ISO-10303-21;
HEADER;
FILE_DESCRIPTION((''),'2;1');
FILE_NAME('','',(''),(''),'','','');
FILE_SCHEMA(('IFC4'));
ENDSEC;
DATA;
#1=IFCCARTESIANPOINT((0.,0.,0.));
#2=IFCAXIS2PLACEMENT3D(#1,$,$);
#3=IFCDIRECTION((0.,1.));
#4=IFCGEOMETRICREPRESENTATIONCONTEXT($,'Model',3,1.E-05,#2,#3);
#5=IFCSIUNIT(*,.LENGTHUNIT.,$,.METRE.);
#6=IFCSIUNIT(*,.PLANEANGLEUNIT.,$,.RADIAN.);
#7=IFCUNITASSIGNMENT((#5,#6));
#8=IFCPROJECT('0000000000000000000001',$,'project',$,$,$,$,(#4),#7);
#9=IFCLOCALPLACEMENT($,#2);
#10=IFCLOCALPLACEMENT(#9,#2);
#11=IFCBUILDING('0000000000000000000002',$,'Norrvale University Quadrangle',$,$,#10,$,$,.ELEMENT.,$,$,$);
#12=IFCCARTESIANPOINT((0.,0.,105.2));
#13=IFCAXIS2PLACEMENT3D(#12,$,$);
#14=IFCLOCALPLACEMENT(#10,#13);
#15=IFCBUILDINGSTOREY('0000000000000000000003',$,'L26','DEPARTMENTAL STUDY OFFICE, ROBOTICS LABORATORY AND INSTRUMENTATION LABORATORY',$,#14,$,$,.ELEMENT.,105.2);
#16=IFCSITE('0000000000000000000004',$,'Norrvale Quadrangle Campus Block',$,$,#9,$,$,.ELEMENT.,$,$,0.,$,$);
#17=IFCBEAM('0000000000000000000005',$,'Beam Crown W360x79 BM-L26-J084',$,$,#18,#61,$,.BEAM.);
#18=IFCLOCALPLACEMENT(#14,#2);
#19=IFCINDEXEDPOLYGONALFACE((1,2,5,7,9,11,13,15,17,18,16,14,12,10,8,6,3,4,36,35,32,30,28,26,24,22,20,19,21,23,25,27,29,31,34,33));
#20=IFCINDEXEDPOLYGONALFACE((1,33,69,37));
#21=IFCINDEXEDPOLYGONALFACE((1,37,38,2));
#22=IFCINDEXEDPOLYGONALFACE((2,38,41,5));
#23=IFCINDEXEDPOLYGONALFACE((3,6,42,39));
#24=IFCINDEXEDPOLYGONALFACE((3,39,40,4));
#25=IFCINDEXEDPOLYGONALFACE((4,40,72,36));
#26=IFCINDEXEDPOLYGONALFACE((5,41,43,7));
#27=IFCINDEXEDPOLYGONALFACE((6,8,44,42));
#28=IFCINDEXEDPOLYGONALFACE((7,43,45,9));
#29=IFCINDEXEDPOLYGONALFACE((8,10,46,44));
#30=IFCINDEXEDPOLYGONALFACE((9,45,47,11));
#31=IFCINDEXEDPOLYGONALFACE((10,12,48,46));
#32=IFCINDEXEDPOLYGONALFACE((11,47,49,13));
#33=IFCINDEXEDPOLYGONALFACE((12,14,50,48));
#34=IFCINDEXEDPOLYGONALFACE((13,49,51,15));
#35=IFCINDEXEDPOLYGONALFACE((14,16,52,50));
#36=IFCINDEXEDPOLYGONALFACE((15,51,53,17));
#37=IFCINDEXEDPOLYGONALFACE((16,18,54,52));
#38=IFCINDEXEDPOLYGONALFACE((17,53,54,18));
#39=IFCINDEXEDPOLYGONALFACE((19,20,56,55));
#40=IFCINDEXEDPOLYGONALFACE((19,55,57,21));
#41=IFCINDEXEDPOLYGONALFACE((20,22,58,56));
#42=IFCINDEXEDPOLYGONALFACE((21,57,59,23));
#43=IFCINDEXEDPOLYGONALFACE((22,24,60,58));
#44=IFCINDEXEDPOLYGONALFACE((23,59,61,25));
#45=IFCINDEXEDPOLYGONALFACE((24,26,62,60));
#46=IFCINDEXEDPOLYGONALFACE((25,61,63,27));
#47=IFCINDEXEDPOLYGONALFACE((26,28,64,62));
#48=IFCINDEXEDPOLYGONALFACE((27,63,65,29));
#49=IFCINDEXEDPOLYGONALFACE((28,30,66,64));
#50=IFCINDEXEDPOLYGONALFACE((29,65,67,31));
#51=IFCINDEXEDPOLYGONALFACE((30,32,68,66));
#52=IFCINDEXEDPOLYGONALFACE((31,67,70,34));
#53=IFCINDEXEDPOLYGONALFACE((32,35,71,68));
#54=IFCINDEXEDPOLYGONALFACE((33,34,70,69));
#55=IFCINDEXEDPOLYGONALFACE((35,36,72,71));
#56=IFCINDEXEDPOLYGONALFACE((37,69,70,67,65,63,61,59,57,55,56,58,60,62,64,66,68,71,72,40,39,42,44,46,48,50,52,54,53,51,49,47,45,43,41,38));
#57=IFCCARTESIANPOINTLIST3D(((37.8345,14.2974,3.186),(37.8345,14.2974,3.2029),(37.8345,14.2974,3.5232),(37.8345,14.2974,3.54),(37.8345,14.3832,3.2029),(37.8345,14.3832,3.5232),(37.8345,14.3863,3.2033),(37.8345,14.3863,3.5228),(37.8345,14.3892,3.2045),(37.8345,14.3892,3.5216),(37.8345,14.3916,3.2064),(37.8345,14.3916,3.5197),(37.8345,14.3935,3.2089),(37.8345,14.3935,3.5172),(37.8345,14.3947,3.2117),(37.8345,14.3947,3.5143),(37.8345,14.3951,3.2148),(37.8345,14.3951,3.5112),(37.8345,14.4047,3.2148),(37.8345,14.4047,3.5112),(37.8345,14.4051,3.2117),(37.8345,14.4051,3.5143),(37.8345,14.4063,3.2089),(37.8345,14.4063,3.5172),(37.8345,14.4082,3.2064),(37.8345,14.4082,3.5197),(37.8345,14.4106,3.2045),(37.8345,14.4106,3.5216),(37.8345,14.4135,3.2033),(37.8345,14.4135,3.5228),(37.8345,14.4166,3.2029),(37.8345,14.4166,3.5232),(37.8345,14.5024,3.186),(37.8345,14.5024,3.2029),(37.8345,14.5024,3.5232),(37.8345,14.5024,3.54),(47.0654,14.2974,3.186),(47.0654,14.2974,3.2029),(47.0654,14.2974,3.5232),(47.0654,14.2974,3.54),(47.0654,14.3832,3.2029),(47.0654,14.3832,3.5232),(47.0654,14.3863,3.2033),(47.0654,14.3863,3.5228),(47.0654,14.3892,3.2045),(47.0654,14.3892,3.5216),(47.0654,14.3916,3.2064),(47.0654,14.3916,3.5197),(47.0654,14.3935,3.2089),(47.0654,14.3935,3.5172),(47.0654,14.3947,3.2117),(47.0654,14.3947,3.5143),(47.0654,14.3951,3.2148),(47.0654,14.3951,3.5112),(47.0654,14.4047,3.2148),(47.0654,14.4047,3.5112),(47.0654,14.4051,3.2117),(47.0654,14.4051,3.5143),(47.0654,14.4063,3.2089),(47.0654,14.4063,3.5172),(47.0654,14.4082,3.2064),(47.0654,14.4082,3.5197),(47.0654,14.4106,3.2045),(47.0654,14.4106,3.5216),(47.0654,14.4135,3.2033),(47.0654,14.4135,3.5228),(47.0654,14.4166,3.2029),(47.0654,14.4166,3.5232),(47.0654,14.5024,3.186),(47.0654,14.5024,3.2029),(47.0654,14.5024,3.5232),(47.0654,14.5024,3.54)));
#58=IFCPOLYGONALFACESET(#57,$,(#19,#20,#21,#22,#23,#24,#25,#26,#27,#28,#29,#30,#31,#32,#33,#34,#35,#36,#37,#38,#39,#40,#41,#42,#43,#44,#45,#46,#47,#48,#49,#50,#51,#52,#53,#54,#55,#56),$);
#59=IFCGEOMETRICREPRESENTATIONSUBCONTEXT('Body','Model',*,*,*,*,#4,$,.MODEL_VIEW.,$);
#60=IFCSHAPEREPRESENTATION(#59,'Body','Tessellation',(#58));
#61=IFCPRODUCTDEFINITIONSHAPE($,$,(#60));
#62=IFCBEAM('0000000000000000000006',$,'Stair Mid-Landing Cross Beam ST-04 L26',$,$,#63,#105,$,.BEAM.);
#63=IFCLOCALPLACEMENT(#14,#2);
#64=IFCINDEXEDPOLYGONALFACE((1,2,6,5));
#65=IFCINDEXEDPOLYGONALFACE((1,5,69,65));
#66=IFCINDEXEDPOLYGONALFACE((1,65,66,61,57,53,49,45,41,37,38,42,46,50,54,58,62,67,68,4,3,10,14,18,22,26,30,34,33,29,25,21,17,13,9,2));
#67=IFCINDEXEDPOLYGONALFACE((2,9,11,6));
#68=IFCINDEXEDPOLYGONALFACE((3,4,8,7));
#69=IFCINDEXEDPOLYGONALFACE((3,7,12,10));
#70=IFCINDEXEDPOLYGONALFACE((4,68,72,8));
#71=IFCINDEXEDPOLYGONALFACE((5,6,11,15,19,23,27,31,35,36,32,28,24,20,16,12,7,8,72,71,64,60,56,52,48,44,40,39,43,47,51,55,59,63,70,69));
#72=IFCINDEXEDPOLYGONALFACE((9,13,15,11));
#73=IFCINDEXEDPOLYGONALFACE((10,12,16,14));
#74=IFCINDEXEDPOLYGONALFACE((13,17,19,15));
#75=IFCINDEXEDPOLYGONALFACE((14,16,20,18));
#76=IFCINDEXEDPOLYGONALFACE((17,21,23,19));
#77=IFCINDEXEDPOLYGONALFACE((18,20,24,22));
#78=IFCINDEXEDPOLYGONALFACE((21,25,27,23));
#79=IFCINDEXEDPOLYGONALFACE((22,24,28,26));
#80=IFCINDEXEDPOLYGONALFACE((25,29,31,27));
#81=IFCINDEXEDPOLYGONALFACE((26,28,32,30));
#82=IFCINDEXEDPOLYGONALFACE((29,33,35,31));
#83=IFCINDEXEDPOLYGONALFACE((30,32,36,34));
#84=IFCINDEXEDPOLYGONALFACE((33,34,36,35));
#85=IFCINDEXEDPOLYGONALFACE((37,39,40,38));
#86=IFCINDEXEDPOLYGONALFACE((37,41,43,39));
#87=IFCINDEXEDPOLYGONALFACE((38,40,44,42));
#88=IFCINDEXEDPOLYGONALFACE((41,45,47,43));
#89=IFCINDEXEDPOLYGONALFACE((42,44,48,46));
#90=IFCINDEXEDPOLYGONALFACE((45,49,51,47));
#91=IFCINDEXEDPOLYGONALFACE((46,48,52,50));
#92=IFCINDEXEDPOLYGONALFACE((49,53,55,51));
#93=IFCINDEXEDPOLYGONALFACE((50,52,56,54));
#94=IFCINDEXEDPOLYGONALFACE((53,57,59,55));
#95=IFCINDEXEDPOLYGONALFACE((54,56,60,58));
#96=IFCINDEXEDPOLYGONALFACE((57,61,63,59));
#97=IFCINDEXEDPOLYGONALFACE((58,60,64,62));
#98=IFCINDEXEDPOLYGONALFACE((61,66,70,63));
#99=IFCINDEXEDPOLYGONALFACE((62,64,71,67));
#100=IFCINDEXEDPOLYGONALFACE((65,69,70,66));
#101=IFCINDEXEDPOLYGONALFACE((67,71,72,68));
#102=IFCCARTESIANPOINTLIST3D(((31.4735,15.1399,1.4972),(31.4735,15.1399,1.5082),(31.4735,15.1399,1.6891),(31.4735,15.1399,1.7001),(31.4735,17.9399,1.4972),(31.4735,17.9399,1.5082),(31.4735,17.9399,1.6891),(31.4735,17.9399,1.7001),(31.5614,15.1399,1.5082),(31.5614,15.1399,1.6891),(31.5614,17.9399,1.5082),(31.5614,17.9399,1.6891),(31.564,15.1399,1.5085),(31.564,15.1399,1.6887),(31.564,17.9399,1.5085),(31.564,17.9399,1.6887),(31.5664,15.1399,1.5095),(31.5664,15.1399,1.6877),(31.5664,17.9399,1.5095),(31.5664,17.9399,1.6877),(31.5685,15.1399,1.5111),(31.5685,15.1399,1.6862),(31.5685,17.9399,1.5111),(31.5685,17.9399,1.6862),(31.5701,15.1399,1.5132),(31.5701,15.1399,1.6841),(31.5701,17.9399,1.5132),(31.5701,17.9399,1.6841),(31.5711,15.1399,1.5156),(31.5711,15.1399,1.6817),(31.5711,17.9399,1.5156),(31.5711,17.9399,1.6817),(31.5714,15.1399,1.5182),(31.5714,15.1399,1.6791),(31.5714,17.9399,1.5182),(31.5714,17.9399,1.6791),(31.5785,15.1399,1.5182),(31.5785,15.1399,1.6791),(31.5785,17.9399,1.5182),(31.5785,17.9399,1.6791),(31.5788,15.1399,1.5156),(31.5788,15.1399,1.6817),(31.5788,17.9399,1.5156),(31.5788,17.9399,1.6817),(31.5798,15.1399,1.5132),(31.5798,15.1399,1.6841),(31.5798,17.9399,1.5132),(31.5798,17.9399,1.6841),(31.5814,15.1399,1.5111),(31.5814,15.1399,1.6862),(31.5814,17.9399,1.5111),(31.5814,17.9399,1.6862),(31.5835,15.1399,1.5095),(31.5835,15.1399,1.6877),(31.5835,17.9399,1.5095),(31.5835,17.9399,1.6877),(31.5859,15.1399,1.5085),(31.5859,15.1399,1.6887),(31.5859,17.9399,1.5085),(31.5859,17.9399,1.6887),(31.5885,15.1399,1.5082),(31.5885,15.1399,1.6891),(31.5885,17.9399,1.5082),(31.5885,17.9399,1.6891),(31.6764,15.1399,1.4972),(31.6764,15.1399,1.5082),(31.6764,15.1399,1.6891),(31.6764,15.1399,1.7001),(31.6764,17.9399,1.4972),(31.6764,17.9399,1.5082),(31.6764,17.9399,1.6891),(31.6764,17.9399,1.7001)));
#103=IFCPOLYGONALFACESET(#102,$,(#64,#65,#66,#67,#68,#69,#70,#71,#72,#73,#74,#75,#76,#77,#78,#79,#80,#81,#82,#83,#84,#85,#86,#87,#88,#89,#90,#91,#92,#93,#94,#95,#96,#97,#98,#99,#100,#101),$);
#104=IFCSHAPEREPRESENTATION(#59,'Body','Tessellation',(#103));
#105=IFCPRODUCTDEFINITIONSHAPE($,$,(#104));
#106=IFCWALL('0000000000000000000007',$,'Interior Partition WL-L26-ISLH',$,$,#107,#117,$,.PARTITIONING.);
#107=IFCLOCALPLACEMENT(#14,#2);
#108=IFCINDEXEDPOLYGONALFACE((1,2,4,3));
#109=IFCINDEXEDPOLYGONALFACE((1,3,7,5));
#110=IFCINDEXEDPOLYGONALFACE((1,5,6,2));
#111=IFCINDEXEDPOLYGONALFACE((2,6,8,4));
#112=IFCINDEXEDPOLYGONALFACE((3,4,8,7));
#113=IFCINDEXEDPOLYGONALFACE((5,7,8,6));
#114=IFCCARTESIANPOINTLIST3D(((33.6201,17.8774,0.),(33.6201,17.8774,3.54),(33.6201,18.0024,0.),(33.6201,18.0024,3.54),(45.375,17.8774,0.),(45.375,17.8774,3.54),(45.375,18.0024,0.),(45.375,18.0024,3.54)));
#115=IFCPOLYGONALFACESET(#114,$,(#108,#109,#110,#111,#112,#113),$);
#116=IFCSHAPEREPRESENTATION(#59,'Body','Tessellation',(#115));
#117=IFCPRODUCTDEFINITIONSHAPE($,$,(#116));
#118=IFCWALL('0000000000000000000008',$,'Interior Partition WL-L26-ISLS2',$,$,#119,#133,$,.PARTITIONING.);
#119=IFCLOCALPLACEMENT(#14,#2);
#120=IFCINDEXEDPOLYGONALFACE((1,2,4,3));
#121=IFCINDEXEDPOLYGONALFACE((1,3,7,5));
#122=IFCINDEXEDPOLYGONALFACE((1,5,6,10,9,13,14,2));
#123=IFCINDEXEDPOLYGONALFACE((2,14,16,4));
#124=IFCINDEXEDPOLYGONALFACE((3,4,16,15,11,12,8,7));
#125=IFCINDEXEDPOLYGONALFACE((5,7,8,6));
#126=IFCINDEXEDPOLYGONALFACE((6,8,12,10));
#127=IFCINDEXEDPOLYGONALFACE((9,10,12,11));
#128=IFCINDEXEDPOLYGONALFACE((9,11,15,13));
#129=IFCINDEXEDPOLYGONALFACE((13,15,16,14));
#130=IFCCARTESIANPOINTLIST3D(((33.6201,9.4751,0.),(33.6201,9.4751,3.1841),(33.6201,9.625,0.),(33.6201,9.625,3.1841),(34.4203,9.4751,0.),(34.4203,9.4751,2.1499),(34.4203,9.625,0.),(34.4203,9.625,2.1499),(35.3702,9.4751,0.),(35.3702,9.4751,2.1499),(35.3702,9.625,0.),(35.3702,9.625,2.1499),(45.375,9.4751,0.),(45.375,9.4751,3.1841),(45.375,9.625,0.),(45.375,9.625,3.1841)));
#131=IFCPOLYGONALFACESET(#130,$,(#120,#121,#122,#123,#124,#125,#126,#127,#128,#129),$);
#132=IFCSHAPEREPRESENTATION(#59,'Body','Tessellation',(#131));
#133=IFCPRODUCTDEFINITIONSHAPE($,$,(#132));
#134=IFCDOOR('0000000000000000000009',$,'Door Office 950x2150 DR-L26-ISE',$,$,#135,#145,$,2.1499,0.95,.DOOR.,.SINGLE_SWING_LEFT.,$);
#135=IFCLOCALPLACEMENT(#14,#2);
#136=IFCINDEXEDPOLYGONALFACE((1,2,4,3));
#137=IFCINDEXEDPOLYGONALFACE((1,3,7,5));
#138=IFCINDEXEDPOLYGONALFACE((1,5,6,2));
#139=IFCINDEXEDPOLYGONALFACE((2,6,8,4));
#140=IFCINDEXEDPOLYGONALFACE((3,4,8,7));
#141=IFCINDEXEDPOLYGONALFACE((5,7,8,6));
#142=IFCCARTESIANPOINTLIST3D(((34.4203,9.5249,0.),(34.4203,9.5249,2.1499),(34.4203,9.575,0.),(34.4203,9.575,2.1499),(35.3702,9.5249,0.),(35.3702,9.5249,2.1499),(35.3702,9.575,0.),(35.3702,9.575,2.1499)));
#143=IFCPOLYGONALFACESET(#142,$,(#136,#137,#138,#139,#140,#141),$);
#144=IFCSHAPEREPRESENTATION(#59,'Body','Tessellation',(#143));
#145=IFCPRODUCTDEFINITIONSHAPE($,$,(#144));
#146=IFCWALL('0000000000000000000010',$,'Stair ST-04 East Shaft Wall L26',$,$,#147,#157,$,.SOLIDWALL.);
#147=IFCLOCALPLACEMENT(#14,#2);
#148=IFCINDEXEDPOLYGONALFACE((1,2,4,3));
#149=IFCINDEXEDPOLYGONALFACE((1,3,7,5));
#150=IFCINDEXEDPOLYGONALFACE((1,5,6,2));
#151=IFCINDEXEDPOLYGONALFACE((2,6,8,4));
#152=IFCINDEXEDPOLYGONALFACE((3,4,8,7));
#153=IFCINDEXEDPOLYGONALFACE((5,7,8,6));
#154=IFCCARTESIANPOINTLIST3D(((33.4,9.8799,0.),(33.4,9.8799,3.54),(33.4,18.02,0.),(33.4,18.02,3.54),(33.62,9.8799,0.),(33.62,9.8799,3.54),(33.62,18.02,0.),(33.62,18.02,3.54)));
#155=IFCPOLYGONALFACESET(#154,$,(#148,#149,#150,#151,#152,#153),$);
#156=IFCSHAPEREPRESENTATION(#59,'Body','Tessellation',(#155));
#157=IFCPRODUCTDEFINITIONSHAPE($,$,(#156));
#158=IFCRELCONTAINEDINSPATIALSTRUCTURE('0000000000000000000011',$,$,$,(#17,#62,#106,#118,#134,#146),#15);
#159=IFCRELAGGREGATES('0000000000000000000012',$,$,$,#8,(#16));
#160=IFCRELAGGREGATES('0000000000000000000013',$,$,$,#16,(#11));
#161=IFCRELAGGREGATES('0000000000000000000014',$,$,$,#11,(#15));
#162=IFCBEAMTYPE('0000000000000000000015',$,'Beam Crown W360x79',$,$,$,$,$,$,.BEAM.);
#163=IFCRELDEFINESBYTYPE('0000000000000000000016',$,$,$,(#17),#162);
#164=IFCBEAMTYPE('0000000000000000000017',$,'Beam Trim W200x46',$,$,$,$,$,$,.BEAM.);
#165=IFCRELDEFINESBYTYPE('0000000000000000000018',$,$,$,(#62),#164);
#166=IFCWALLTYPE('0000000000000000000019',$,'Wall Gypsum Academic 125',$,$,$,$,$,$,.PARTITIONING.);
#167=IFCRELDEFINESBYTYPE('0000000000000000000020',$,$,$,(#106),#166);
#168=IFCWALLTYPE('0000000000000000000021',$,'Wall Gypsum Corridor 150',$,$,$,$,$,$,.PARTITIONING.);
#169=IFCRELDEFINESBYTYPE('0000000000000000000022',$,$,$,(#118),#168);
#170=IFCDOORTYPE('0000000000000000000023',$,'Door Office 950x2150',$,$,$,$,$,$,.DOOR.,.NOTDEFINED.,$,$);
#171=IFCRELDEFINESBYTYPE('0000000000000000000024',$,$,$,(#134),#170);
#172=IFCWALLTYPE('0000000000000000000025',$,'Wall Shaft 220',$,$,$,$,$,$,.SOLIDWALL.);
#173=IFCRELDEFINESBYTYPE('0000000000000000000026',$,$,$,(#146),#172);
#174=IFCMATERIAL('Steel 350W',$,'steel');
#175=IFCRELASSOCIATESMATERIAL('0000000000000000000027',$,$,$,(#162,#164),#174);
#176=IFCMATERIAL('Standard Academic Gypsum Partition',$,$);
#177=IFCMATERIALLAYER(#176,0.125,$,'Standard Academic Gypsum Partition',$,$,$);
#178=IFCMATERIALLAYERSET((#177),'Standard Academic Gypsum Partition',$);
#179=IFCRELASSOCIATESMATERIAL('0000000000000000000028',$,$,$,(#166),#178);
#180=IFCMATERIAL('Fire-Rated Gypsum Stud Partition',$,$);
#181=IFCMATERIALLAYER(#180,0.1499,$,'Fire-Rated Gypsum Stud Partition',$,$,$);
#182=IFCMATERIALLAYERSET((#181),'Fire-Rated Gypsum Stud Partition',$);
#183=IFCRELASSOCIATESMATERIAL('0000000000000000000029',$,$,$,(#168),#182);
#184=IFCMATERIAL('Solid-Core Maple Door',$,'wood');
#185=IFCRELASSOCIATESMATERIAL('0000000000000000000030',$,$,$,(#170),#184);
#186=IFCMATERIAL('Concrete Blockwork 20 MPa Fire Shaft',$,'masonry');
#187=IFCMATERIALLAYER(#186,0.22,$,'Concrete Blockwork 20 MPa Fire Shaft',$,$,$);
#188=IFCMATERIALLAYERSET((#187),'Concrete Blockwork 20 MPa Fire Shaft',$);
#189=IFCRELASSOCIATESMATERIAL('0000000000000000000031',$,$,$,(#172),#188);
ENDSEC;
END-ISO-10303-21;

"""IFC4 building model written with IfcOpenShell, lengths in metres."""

from ifc_helpers import new_model, si_unit, direction, frame, frame_2d, origin, origin_2d, place, context, subcontext, project, spatial, rectangle, i_section, extrude, material, layer, layer_set, material_profile, profile_set, type_object, element, fill, save


model = new_model("IFC4")

# Units and contexts
model_context = context("Model", 3, precision=1e-05, world=origin(), true_north=direction((0.0, 1.0)))
body_context = subcontext(model_context, "Body", "Model", "MODEL_VIEW")
ifc_project = project(units=[si_unit("LENGTHUNIT", "METRE"), si_unit("PLANEANGLEUNIT", "RADIAN")], contexts=[model_context])

# Site, building, storey
site_placement = place(None, origin())
site = spatial("IfcSite", under=ifc_project, at=site_placement, Name="Norrvale Quadrangle Campus Block", CompositionType="ELEMENT", RefElevation=0.0)
building_placement = place(site_placement, origin())
building = spatial("IfcBuilding", under=site, at=building_placement, Name="Norrvale University Quadrangle", CompositionType="ELEMENT")
storey_placement = place(building_placement, frame((0.0, 0.0, 105.2)))
storey = spatial("IfcBuildingStorey", under=building, at=storey_placement, Name="L26", Description="DEPARTMENTAL STUDY OFFICE, ROBOTICS LABORATORY AND INSTRUMENTATION LABORATORY", CompositionType="ELEMENT", Elevation=105.2)

# Beams
ifc_material_1 = material(Name="Steel 350W", Category="steel")
ifc_material_profile_1 = material_profile(ifc_material_1, i_section(OverallWidth=0.2051, OverallDepth=0.354, WebThickness=0.0095, FlangeThickness=0.0168, FilletRadius=0.012, at=origin_2d()), Name="Steel 350W")
ifc_profile_set_1 = profile_set([ifc_material_profile_1], Name="Steel 350W")
beam_type_1 = type_object("IfcBeamType", Name="Beam Crown W360x79", PredefinedType="BEAM", material=ifc_profile_set_1)
for number, where, z_axis, x_axis, name in (
    (1, (37.8345, 14.3999, 3.363), (1.0, 0.0, 0.0), (0.0, 1.0, 0.0), "Beam Crown W360x79 BM-L26-J084"),
):
    element("IfcBeam", number, at=place(storey_placement, frame(where, z_axis=z_axis, x_axis=x_axis)), inside=storey, type_object=beam_type_1, Name=name, PredefinedType="BEAM", context=body_context, shape_type="SweptSolid", body=[
        extrude(i_section(OverallWidth=0.2051, OverallDepth=0.354, WebThickness=0.0095, FlangeThickness=0.0168, FilletRadius=0.012, at=origin_2d()), origin(), (0.0, 0.0, 1.0), 9.231),
    ])
ifc_material_profile_2 = material_profile(ifc_material_1, i_section(OverallWidth=0.2029, OverallDepth=0.2029, WebThickness=0.0071, FlangeThickness=0.011, FilletRadius=0.01, at=origin_2d()), Name="Steel 350W")
ifc_profile_set_2 = profile_set([ifc_material_profile_2], Name="Steel 350W")
beam_type_2 = type_object("IfcBeamType", Name="Beam Trim W200x46", PredefinedType="BEAM", material=ifc_profile_set_2)
beam_1_placement = place(storey_placement, frame((31.575, 15.1399, 1.5986), z_axis=(0.0, 1.0, 0.0), x_axis=(-1.0, 0.0, 0.0)))
element("IfcBeam", 2, at=beam_1_placement, inside=storey, type_object=beam_type_2, Name="Stair Mid-Landing Cross Beam ST-04 L26", PredefinedType="BEAM", context=body_context, shape_type="SweptSolid", body=[
    extrude(i_section(OverallWidth=0.2029, OverallDepth=0.2029, WebThickness=0.0071, FlangeThickness=0.011, FilletRadius=0.01, at=origin_2d()), origin(), (0.0, 0.0, 1.0), 2.8),
])

# Wall
ifc_material_2 = material(Name="Standard Academic Gypsum Partition")
ifc_layer_1 = layer(ifc_material_2, 0.125, Name="Standard Academic Gypsum Partition")
ifc_layer_set_1 = layer_set([ifc_layer_1], Name="Standard Academic Gypsum Partition")
wall_type_1 = type_object("IfcWallType", Name="Wall Gypsum Academic 125", PredefinedType="PARTITIONING", material=ifc_layer_set_1)
wall_1_placement = place(storey_placement, frame((33.6201, 17.9399, 0.0), z_axis=(0.0, 0.0, 1.0), x_axis=(1.0, 0.0, 0.0)))
element("IfcWall", 3, at=wall_1_placement, inside=storey, type_object=wall_type_1, Name="Interior Partition WL-L26-ISLH", PredefinedType="PARTITIONING", context=body_context, shape_type="SweptSolid", body=[
    extrude(rectangle(XDim=11.7549, YDim=0.125, at=frame_2d((5.8774, 0.0))), origin(), (0.0, 0.0, 1.0), 3.54),
])

# Wall, opening, door
ifc_material_3 = material(Name="Fire-Rated Gypsum Stud Partition")
ifc_layer_2 = layer(ifc_material_3, 0.1499, Name="Fire-Rated Gypsum Stud Partition")
ifc_layer_set_2 = layer_set([ifc_layer_2], Name="Fire-Rated Gypsum Stud Partition")
wall_type_2 = type_object("IfcWallType", Name="Wall Gypsum Corridor 150", PredefinedType="PARTITIONING", material=ifc_layer_set_2)
wall_2_placement = place(storey_placement, frame((33.6201, 9.55, 0.0), z_axis=(0.0, 0.0, 1.0), x_axis=(1.0, 0.0, 0.0)))
wall_2 = element("IfcWall", 4, at=wall_2_placement, inside=storey, type_object=wall_type_2, Name="Interior Partition WL-L26-ISLS2", PredefinedType="PARTITIONING", context=body_context, shape_type="SweptSolid", body=[
    extrude(rectangle(XDim=11.7549, YDim=0.1499, at=frame_2d((5.8774, 0.0))), origin(), (0.0, 0.0, 1.0), 3.1841),
])
opening_placement = place(wall_2_placement, frame((0.8, 0.0, 0.0)))
opening = element("IfcOpeningElement", 5, at=opening_placement, cuts=wall_2, PredefinedType="OPENING", context=body_context, shape_type="SweptSolid", body=[
    extrude(rectangle(XDim=0.95, YDim=2.1499, at=frame_2d((0.4751, 1.075))), frame((0.0, 0.0869, 0.0), z_axis=(0.0, -1.0, 0.0), x_axis=(1.0, 0.0, 0.0)), (0.0, 0.0, 1.0), 0.1738),
])
ifc_material_4 = material(Name="Solid-Core Maple Door", Category="wood")
door_type = type_object("IfcDoorType", Name="Door Office 950x2150", OperationType="NOTDEFINED", PredefinedType="DOOR", material=ifc_material_4)
door_placement = place(opening_placement, origin())
door = element("IfcDoor", 6, at=door_placement, inside=storey, type_object=door_type, Name="Door Office 950x2150 DR-L26-ISE", OperationType="SINGLE_SWING_LEFT", OverallHeight=2.1499, OverallWidth=0.95, PredefinedType="DOOR", context=body_context, shape_type="SweptSolid", body=[
    extrude(rectangle(XDim=0.95, YDim=2.1499, at=frame_2d((0.4751, 1.075))), frame((0.0, 0.0249, 0.0), z_axis=(0.0, -1.0, 0.0), x_axis=(1.0, 0.0, 0.0)), (0.0, 0.0, 1.0), 0.05),
])
fill(opening, door)

# Wall
ifc_material_5 = material(Name="Concrete Blockwork 20 MPa Fire Shaft", Category="masonry")
ifc_layer_3 = layer(ifc_material_5, 0.22, Name="Concrete Blockwork 20 MPa Fire Shaft")
ifc_layer_set_3 = layer_set([ifc_layer_3], Name="Concrete Blockwork 20 MPa Fire Shaft")
wall_type_3 = type_object("IfcWallType", Name="Wall Shaft 220", PredefinedType="SOLIDWALL", material=ifc_layer_set_3)
wall_3_placement = place(storey_placement, frame((33.51, 9.8799, 0.0), z_axis=(0.0, 0.0, 1.0), x_axis=(0.0, 1.0, 0.0)))
element("IfcWall", 7, at=wall_3_placement, inside=storey, type_object=wall_type_3, Name="Stair ST-04 East Shaft Wall L26", PredefinedType="SOLIDWALL", context=body_context, shape_type="SweptSolid", body=[
    extrude(rectangle(XDim=8.1401, YDim=0.22, at=frame_2d((4.0701, 0.0))), origin(), (0.0, 0.0, 1.0), 3.54),
])

save(model, "model.ifc")
